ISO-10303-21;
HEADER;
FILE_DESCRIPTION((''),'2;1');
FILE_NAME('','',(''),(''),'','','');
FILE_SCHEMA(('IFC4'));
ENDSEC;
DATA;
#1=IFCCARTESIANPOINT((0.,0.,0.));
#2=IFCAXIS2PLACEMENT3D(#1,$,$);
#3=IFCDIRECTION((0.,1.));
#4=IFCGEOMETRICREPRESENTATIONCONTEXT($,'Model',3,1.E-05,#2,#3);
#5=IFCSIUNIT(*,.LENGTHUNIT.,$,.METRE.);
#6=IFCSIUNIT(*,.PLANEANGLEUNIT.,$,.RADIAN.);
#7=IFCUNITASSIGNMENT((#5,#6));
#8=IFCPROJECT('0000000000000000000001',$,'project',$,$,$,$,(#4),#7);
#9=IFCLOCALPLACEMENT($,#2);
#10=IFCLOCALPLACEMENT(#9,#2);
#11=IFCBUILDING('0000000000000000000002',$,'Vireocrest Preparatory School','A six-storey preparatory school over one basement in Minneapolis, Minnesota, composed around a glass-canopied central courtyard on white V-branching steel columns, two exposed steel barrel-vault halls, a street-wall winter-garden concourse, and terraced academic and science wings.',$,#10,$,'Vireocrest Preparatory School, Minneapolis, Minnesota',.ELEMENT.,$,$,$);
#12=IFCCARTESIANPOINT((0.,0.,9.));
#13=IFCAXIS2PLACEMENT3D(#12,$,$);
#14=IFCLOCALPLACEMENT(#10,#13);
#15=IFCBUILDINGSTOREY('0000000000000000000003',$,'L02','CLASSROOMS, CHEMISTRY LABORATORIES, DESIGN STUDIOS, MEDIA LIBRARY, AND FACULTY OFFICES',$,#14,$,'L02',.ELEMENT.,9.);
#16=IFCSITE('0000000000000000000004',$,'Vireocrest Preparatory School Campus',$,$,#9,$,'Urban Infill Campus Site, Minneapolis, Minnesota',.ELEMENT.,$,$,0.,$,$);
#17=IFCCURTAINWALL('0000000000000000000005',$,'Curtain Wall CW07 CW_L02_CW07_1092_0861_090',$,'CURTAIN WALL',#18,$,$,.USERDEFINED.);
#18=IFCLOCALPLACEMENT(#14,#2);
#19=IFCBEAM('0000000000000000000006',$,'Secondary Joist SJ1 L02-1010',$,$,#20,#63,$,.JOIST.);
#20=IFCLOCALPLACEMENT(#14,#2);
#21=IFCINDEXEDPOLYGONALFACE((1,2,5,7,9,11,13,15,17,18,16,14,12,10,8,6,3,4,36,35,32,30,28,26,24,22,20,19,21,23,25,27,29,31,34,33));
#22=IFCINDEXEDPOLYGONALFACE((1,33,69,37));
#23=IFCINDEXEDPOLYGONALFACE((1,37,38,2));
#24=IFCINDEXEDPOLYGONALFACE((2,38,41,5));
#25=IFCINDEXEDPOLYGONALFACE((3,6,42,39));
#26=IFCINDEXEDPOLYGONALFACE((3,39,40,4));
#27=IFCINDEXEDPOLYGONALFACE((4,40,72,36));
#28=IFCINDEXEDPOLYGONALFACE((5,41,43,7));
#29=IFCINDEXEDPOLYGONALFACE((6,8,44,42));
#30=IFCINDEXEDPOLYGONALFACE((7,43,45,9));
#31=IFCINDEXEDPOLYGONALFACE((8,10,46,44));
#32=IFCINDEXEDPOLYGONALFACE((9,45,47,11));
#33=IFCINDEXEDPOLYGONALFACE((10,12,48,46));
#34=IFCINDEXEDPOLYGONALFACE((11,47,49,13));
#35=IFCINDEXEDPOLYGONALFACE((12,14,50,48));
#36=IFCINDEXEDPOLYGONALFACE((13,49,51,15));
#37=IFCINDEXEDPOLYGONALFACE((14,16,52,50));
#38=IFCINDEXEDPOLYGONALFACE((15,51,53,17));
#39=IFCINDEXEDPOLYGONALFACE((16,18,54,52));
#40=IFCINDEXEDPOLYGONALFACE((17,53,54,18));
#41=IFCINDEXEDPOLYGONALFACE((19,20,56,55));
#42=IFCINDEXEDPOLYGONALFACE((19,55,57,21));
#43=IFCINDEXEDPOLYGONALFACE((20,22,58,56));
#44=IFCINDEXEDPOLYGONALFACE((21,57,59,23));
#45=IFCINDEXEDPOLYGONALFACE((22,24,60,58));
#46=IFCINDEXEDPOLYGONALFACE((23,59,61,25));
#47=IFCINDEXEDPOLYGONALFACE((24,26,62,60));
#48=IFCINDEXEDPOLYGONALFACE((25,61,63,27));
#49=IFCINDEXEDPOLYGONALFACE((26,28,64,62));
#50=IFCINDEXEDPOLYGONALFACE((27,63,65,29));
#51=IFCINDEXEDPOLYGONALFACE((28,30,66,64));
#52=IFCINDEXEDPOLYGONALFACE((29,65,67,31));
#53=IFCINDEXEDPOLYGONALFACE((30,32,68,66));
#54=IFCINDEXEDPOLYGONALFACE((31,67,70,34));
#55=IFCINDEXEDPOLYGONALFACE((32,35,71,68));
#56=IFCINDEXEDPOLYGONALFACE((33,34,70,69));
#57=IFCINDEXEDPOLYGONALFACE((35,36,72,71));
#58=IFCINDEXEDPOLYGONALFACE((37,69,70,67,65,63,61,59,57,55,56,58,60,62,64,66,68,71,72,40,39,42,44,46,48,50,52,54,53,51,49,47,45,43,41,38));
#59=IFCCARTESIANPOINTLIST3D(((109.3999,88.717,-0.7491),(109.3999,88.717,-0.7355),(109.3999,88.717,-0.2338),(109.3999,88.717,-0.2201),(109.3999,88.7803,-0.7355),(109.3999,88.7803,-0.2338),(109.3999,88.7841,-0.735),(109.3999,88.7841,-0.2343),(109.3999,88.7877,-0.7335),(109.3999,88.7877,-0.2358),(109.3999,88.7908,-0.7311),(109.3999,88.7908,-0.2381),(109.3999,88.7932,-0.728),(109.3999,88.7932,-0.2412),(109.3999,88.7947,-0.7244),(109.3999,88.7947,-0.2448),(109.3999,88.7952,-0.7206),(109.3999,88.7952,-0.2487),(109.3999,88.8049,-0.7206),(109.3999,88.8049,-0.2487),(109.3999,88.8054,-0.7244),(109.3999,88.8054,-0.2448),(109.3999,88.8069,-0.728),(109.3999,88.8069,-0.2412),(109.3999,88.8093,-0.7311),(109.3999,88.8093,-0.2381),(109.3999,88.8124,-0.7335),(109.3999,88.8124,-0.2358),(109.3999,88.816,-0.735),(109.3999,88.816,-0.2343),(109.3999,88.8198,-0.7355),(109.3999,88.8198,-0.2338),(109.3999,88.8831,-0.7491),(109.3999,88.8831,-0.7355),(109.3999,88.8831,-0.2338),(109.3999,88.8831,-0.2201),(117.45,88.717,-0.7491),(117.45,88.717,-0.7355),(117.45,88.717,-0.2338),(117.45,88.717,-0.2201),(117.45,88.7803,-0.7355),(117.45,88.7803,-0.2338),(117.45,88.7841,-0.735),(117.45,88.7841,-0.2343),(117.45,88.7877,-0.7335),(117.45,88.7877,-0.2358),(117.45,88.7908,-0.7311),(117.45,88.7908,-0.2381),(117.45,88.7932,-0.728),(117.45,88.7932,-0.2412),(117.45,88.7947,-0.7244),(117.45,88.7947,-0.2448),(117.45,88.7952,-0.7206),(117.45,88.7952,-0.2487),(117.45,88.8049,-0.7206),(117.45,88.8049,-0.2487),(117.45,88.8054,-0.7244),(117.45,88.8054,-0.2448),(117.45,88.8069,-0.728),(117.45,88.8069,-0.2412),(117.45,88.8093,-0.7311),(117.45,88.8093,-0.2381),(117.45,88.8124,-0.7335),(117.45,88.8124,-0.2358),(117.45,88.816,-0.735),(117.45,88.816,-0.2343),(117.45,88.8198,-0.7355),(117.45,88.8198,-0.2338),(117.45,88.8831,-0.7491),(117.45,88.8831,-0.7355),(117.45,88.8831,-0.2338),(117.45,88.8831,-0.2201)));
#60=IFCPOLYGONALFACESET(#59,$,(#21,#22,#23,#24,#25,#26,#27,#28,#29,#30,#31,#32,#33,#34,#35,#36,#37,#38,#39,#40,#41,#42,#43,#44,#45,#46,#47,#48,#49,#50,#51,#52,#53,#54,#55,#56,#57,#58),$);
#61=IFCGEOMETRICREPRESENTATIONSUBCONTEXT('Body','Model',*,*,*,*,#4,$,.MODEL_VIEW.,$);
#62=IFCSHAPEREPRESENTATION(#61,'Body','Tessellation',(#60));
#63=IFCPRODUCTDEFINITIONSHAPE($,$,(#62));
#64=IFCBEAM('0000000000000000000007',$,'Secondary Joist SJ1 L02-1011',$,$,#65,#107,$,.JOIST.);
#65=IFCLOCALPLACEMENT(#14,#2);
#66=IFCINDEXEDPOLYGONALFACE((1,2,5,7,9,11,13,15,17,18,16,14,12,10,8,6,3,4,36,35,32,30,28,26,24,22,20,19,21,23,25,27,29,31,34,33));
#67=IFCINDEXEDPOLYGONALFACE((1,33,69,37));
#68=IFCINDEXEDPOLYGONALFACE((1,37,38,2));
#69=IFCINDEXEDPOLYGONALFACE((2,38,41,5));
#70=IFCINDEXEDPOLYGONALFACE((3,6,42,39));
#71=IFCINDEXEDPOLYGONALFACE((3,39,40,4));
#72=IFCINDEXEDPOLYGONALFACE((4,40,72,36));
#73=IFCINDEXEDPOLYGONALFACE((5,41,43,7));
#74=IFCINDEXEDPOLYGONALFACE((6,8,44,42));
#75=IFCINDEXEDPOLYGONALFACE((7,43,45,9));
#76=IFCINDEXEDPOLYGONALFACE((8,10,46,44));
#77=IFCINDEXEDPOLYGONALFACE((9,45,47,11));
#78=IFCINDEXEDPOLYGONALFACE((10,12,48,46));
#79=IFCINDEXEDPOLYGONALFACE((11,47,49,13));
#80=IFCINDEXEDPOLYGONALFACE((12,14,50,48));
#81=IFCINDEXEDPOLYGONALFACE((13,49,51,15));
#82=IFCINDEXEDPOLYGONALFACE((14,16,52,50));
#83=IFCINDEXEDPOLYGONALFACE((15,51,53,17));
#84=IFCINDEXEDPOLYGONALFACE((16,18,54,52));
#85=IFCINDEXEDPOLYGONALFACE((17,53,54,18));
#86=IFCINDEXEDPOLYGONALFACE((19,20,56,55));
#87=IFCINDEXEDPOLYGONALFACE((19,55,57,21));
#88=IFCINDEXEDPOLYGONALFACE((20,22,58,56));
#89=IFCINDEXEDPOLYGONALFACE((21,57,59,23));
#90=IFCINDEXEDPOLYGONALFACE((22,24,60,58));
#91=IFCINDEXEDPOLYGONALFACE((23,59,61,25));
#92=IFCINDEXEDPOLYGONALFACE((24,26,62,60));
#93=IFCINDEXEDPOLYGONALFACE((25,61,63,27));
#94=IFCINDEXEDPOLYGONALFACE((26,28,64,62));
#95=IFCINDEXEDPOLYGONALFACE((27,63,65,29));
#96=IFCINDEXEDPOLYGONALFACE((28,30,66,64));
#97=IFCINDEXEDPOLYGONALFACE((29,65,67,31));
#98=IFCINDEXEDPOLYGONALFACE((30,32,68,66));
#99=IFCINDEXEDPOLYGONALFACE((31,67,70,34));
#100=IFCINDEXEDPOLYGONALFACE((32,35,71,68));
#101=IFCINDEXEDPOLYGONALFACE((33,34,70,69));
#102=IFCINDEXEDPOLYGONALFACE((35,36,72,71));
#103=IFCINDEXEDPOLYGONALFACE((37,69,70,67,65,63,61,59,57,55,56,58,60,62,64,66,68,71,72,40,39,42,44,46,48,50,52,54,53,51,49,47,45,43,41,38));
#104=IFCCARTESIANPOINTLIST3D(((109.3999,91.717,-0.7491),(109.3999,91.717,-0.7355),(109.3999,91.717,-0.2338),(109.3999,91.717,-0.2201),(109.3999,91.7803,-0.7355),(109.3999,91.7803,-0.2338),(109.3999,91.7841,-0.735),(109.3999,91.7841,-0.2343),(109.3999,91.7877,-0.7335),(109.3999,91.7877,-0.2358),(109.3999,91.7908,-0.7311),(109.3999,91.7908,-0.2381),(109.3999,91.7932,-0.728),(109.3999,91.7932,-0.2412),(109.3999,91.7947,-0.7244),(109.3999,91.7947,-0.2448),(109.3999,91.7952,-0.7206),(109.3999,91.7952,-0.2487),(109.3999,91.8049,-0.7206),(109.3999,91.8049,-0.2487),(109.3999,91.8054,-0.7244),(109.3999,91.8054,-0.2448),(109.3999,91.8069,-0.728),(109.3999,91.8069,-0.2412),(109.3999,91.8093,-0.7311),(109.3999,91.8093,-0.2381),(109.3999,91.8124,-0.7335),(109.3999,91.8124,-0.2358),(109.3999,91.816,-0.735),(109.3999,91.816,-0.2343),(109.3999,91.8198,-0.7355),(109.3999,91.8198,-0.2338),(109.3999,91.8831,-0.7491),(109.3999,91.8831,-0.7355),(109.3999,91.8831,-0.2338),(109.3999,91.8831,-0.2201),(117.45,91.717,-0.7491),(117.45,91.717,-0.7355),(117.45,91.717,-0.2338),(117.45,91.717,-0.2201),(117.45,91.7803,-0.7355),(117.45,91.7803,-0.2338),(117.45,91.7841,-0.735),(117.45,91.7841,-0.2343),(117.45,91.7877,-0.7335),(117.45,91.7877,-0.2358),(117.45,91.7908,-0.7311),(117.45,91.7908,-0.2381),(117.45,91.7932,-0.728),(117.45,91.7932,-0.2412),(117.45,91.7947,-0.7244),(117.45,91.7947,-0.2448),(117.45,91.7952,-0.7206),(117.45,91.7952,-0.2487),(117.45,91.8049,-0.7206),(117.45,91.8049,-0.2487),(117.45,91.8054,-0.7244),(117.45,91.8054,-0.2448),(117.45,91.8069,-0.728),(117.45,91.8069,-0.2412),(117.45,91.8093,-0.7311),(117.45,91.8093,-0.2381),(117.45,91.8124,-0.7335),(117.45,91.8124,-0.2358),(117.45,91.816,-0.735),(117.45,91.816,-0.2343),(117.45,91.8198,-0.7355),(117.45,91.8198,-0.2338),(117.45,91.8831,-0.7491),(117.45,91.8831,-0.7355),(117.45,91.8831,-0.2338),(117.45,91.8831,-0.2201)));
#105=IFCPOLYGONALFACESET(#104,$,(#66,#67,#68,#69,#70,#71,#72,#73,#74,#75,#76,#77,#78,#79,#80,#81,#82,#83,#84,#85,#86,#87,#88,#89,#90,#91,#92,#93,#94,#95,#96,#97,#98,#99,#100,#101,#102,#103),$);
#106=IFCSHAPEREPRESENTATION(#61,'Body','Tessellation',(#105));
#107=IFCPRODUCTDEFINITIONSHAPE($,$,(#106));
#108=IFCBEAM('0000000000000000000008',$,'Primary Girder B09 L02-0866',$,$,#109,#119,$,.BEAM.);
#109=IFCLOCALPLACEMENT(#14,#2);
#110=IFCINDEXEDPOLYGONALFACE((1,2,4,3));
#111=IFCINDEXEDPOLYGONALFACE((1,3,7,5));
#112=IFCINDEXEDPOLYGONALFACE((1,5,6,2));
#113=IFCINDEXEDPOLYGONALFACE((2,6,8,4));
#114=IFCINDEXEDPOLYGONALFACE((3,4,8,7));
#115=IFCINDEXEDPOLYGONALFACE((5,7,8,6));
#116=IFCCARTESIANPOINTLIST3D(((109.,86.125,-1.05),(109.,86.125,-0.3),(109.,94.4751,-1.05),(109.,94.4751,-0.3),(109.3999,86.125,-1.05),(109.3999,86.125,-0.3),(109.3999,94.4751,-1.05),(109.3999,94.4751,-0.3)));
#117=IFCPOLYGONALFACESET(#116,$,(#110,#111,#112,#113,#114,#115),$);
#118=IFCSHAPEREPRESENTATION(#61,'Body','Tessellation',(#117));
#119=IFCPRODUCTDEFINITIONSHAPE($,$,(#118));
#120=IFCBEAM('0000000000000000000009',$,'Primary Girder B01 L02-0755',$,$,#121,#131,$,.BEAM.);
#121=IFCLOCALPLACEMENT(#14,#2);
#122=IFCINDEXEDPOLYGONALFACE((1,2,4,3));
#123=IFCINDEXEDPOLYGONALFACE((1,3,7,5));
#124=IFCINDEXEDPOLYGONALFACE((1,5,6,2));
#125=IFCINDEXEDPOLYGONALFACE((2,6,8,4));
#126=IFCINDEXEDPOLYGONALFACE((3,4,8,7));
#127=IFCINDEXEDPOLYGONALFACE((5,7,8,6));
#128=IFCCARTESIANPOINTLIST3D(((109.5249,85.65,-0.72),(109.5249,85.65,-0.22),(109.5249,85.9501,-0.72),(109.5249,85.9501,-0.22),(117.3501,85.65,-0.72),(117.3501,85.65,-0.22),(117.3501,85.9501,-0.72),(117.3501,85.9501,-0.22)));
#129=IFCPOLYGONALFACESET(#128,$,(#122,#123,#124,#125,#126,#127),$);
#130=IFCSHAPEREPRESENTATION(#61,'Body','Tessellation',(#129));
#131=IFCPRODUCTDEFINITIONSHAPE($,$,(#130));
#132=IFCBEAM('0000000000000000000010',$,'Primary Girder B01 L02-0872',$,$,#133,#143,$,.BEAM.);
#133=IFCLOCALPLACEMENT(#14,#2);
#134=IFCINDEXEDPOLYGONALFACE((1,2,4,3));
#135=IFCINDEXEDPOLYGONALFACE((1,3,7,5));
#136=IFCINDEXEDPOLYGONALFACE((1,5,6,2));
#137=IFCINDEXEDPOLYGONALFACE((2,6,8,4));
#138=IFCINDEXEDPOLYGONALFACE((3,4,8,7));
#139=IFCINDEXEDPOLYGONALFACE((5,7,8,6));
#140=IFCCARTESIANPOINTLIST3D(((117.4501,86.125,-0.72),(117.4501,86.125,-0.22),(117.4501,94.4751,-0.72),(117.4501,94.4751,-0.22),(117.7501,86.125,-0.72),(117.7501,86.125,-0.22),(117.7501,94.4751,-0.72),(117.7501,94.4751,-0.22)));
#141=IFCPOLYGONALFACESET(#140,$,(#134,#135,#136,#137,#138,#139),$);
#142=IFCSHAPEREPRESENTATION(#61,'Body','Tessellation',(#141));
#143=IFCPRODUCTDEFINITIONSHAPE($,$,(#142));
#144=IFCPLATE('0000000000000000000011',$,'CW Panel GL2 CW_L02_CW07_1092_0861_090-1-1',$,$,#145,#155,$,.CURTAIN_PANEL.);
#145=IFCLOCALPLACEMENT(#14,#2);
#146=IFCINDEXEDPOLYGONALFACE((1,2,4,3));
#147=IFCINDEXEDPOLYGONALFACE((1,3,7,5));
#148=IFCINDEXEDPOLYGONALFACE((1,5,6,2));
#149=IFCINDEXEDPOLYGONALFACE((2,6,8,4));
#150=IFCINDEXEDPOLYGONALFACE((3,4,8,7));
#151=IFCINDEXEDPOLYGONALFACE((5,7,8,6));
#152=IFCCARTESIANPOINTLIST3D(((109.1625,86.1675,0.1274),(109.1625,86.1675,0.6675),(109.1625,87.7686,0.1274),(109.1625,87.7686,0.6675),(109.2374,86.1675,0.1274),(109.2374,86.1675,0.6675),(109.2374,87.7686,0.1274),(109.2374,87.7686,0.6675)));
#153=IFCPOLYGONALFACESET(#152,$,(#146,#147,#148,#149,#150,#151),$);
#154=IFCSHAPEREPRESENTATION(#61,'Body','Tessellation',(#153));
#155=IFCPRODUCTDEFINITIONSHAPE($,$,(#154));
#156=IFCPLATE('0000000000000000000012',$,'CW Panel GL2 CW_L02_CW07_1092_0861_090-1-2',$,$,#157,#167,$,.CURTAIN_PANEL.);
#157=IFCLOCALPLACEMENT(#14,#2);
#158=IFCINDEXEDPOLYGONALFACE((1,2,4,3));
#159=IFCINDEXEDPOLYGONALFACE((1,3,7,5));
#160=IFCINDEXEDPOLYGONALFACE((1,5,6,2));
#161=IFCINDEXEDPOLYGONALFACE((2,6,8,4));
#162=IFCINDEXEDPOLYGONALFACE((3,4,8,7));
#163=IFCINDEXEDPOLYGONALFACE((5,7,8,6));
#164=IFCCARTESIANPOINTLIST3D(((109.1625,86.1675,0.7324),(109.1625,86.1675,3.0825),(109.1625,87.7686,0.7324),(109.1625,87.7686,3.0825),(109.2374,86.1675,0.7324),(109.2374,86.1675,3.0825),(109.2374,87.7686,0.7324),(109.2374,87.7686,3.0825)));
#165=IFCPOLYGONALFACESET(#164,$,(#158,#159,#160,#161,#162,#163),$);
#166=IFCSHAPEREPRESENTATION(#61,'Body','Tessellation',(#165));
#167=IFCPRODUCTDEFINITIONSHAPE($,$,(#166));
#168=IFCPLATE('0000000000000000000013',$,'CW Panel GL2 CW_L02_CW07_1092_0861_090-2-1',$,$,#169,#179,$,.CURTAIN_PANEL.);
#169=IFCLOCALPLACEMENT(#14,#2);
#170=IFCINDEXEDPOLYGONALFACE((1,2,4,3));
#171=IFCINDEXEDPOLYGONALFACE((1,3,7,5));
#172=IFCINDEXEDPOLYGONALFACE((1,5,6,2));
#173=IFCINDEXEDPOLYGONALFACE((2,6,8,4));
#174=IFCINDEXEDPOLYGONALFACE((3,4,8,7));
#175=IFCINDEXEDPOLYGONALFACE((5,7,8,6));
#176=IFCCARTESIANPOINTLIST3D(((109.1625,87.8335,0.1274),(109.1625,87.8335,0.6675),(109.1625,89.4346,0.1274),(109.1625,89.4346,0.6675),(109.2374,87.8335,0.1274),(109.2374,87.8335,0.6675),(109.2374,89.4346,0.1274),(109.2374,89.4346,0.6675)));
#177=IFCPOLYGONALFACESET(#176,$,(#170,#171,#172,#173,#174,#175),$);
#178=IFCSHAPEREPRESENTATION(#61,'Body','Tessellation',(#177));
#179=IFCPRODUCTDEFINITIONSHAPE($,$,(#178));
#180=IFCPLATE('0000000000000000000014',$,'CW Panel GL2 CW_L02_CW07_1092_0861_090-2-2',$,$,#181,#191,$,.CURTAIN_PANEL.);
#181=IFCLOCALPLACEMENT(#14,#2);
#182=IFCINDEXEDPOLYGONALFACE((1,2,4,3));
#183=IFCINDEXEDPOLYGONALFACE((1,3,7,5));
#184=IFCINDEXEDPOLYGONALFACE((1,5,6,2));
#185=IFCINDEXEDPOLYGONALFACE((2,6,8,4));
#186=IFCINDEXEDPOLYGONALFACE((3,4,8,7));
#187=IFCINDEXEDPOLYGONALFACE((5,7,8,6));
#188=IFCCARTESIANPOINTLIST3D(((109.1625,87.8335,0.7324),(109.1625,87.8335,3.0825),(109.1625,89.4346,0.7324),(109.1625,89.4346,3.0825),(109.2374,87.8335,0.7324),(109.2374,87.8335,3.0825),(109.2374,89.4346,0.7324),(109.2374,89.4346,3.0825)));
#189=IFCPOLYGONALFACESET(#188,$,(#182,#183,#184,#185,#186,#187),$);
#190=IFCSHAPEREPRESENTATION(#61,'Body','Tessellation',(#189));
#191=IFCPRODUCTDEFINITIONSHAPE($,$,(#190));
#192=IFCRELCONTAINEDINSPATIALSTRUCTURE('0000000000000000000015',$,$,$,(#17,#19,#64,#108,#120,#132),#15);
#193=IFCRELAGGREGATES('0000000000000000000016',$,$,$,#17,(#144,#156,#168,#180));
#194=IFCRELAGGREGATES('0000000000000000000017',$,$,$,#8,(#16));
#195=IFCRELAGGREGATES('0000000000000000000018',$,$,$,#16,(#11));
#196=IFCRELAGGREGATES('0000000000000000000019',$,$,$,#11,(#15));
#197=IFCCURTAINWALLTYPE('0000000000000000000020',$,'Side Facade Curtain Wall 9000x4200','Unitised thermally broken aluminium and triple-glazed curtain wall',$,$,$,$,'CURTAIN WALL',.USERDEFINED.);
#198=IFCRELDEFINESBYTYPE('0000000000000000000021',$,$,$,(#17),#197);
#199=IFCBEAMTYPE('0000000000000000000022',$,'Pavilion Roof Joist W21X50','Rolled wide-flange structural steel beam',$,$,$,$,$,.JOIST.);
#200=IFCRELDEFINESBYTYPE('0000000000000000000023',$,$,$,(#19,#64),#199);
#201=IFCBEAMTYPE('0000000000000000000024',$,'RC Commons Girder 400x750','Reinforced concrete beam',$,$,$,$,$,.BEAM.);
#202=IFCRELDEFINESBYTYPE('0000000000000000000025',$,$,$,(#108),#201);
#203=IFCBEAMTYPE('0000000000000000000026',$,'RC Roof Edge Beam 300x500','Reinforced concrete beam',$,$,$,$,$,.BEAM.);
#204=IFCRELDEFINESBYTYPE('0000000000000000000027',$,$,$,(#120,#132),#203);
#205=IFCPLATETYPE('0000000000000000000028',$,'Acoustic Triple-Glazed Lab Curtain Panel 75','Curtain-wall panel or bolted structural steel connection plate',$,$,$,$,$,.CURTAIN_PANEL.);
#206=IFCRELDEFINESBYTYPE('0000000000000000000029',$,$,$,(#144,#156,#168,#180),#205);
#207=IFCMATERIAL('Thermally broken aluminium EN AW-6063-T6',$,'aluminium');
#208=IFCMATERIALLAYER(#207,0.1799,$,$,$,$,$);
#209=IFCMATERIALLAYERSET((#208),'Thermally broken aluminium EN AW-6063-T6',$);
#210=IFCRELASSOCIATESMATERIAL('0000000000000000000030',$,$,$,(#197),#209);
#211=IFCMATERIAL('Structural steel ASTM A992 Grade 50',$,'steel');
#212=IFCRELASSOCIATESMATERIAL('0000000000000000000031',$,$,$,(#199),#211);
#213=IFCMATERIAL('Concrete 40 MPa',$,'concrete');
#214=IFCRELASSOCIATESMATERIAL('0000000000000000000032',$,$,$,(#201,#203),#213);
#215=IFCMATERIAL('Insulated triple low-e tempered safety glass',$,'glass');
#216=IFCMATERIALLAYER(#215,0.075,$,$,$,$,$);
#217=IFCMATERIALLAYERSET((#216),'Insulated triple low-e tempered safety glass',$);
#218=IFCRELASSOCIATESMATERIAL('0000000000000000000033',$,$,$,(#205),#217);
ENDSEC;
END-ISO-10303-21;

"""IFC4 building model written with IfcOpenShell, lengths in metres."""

from ifc_helpers import new_model, si_unit, direction, frame, origin, origin_2d, place, context, subcontext, project, spatial, rectangle, i_section, extrude, material, layer, layer_set, material_profile, profile_set, type_object, element, aggregate, save


model = new_model("IFC4")

# Units and contexts
model_context = context("Model", 3, precision=1e-05, world=origin(), true_north=direction((0.0, 1.0)))
body_context = subcontext(model_context, "Body", "Model", "MODEL_VIEW")
ifc_project = project(units=[si_unit("LENGTHUNIT", "METRE"), si_unit("PLANEANGLEUNIT", "RADIAN")], contexts=[model_context])

# Site, building, storey
site_placement = place(None, origin())
site = spatial("IfcSite", under=ifc_project, at=site_placement, Name="Vireocrest Preparatory School Campus", LongName="Urban Infill Campus Site, Minneapolis, Minnesota", CompositionType="ELEMENT", RefElevation=0.0)
building_placement = place(site_placement, origin())
building = spatial("IfcBuilding", under=site, at=building_placement, Name="Vireocrest Preparatory School", Description="A six-storey preparatory school over one basement in Minneapolis, Minnesota, composed around a glass-canopied central courtyard on white V-branching steel columns, two exposed steel barrel-vault halls, a street-wall winter-garden concourse, and terraced academic and science wings.", LongName="Vireocrest Preparatory School, Minneapolis, Minnesota", CompositionType="ELEMENT")
storey_placement = place(building_placement, frame((0.0, 0.0, 9.0)))
storey = spatial("IfcBuildingStorey", under=building, at=storey_placement, Name="L02", Description="CLASSROOMS, CHEMISTRY LABORATORIES, DESIGN STUDIOS, MEDIA LIBRARY, AND FACULTY OFFICES", LongName="L02", CompositionType="ELEMENT", Elevation=9.0)

# Shared definitions
ifc_material_1 = material(Name="Thermally broken aluminium EN AW-6063-T6", Category="aluminium")

# Curtain wall
ifc_layer_1 = layer(ifc_material_1, 0.1799)
ifc_layer_set_1 = layer_set([ifc_layer_1], Name="Thermally broken aluminium EN AW-6063-T6")
curtain_wall_type_1 = type_object("IfcCurtainWallType", Name="Side Facade Curtain Wall 9000x4200", Description="Unitised thermally broken aluminium and triple-glazed curtain wall", ElementType="CURTAIN WALL", PredefinedType="USERDEFINED", material=ifc_layer_set_1)
curtain_wall_1_placement = place(storey_placement, origin())
curtain_wall_1 = element("IfcCurtainWall", 1, at=curtain_wall_1_placement, inside=storey, type_object=curtain_wall_type_1, Name="Curtain Wall CW07 CW_L02_CW07_1092_0861_090", ObjectType="CURTAIN WALL", PredefinedType="USERDEFINED")

# Beams
ifc_material_2 = material(Name="Structural steel ASTM A992 Grade 50", Category="steel")
ifc_material_profile_1 = material_profile(ifc_material_2, i_section(OverallWidth=0.166, OverallDepth=0.5291, WebThickness=0.0098, FlangeThickness=0.0137, FilletRadius=0.0149, at=origin_2d()), Name="W21X50")
ifc_profile_set_1 = profile_set([ifc_material_profile_1], Name="Structural steel ASTM A992 Grade 50")
beam_type_1 = type_object("IfcBeamType", Name="Pavilion Roof Joist W21X50", Description="Rolled wide-flange structural steel beam", PredefinedType="JOIST", material=ifc_profile_set_1)
for number, where, z_axis, x_axis, name in (
    (2, (109.3999, 88.8, -0.4846), (1.0, 0.0, 0.0), (0.0, 1.0, 0.0), "Secondary Joist SJ1 L02-1010"),
    (3, (109.3999, 91.8, -0.4846), (1.0, 0.0, 0.0), (0.0, 1.0, 0.0), "Secondary Joist SJ1 L02-1011"),
):
    element("IfcBeam", number, at=place(storey_placement, frame(where, z_axis=z_axis, x_axis=x_axis)), inside=storey, type_object=beam_type_1, Name=name, PredefinedType="JOIST", context=body_context, shape_type="SweptSolid", body=[
        extrude(i_section(OverallWidth=0.166, OverallDepth=0.5291, WebThickness=0.0098, FlangeThickness=0.0137, FilletRadius=0.0149, at=origin_2d()), origin(), (0.0, 0.0, 1.0), 8.05),
    ])
ifc_material_3 = material(Name="Concrete 40 MPa", Category="concrete")
ifc_material_profile_2 = material_profile(ifc_material_3, rectangle(XDim=0.3999, YDim=0.75, at=origin_2d()), Name="RC 400x750")
ifc_profile_set_2 = profile_set([ifc_material_profile_2], Name="Concrete 40 MPa")
beam_type_2 = type_object("IfcBeamType", Name="RC Commons Girder 400x750", Description="Reinforced concrete beam", PredefinedType="BEAM", material=ifc_profile_set_2)
beam_1_placement = place(storey_placement, frame((109.2, 86.125, -0.675), z_axis=(0.0, 1.0, 0.0), x_axis=(-1.0, 0.0, 0.0)))
element("IfcBeam", 4, at=beam_1_placement, inside=storey, type_object=beam_type_2, Name="Primary Girder B09 L02-0866", PredefinedType="BEAM", context=body_context, shape_type="SweptSolid", body=[
    extrude(rectangle(XDim=0.3999, YDim=0.75, at=origin_2d()), origin(), (0.0, 0.0, 1.0), 8.3501),
])
ifc_material_profile_3 = material_profile(ifc_material_3, rectangle(XDim=0.3, YDim=0.5, at=origin_2d()), Name="RC 300x500")
ifc_profile_set_3 = profile_set([ifc_material_profile_3], Name="Concrete 40 MPa")
beam_type_3 = type_object("IfcBeamType", Name="RC Roof Edge Beam 300x500", Description="Reinforced concrete beam", PredefinedType="BEAM", material=ifc_profile_set_3)
beam_2_placement = place(storey_placement, frame((109.5249, 85.8, -0.47), z_axis=(1.0, 0.0, 0.0), x_axis=(0.0, 1.0, 0.0)))
element("IfcBeam", 5, at=beam_2_placement, inside=storey, type_object=beam_type_3, Name="Primary Girder B01 L02-0755", PredefinedType="BEAM", context=body_context, shape_type="SweptSolid", body=[
    extrude(rectangle(XDim=0.3, YDim=0.5, at=origin_2d()), origin(), (0.0, 0.0, 1.0), 7.8252),
])
beam_3_placement = place(storey_placement, frame((117.6001, 86.125, -0.47), z_axis=(0.0, 1.0, 0.0), x_axis=(-1.0, 0.0, 0.0)))
element("IfcBeam", 6, at=beam_3_placement, inside=storey, type_object=beam_type_3, Name="Primary Girder B01 L02-0872", PredefinedType="BEAM", context=body_context, shape_type="SweptSolid", body=[
    extrude(rectangle(XDim=0.3, YDim=0.5, at=origin_2d()), origin(), (0.0, 0.0, 1.0), 8.3501),
])

# Plates
ifc_material_4 = material(Name="Insulated triple low-e tempered safety glass", Category="glass")
ifc_layer_2 = layer(ifc_material_4, 0.075)
ifc_layer_set_2 = layer_set([ifc_layer_2], Name="Insulated triple low-e tempered safety glass")
plate_type = type_object("IfcPlateType", Name="Acoustic Triple-Glazed Lab Curtain Panel 75", Description="Curtain-wall panel or bolted structural steel connection plate", PredefinedType="CURTAIN_PANEL", material=ifc_layer_set_2)
plate_1_placement = place(storey_placement, frame((109.2, 86.968, 0.1274), z_axis=(0.0, 0.0, 1.0), x_axis=(0.0, 1.0, 0.0)))
plate_1 = element("IfcPlate", 7, at=plate_1_placement, type_object=plate_type, Name="CW Panel GL2 CW_L02_CW07_1092_0861_090-1-1", PredefinedType="CURTAIN_PANEL", context=body_context, shape_type="SweptSolid", body=[
    extrude(rectangle(XDim=1.6011, YDim=0.075, at=origin_2d()), origin(), (0.0, 0.0, 1.0), 0.54),
])
plate_2_placement = place(storey_placement, frame((109.2, 86.968, 0.7324), z_axis=(0.0, 0.0, 1.0), x_axis=(0.0, 1.0, 0.0)))
plate_2 = element("IfcPlate", 8, at=plate_2_placement, type_object=plate_type, Name="CW Panel GL2 CW_L02_CW07_1092_0861_090-1-2", PredefinedType="CURTAIN_PANEL", context=body_context, shape_type="SweptSolid", body=[
    extrude(rectangle(XDim=1.6011, YDim=0.075, at=origin_2d()), origin(), (0.0, 0.0, 1.0), 2.3501),
])
plate_3_placement = place(storey_placement, frame((109.2, 88.634, 0.1274), z_axis=(0.0, 0.0, 1.0), x_axis=(0.0, 1.0, 0.0)))
plate_3 = element("IfcPlate", 9, at=plate_3_placement, type_object=plate_type, Name="CW Panel GL2 CW_L02_CW07_1092_0861_090-2-1", PredefinedType="CURTAIN_PANEL", context=body_context, shape_type="SweptSolid", body=[
    extrude(rectangle(XDim=1.6011, YDim=0.075, at=origin_2d()), origin(), (0.0, 0.0, 1.0), 0.54),
])
plate_4_placement = place(storey_placement, frame((109.2, 88.634, 0.7324), z_axis=(0.0, 0.0, 1.0), x_axis=(0.0, 1.0, 0.0)))
plate_4 = element("IfcPlate", 10, at=plate_4_placement, type_object=plate_type, Name="CW Panel GL2 CW_L02_CW07_1092_0861_090-2-2", PredefinedType="CURTAIN_PANEL", context=body_context, shape_type="SweptSolid", body=[
    extrude(rectangle(XDim=1.6011, YDim=0.075, at=origin_2d()), origin(), (0.0, 0.0, 1.0), 2.3501),
])
aggregate(curtain_wall_1, [plate_1, plate_2, plate_3, plate_4])

save(model, "model.ifc")
